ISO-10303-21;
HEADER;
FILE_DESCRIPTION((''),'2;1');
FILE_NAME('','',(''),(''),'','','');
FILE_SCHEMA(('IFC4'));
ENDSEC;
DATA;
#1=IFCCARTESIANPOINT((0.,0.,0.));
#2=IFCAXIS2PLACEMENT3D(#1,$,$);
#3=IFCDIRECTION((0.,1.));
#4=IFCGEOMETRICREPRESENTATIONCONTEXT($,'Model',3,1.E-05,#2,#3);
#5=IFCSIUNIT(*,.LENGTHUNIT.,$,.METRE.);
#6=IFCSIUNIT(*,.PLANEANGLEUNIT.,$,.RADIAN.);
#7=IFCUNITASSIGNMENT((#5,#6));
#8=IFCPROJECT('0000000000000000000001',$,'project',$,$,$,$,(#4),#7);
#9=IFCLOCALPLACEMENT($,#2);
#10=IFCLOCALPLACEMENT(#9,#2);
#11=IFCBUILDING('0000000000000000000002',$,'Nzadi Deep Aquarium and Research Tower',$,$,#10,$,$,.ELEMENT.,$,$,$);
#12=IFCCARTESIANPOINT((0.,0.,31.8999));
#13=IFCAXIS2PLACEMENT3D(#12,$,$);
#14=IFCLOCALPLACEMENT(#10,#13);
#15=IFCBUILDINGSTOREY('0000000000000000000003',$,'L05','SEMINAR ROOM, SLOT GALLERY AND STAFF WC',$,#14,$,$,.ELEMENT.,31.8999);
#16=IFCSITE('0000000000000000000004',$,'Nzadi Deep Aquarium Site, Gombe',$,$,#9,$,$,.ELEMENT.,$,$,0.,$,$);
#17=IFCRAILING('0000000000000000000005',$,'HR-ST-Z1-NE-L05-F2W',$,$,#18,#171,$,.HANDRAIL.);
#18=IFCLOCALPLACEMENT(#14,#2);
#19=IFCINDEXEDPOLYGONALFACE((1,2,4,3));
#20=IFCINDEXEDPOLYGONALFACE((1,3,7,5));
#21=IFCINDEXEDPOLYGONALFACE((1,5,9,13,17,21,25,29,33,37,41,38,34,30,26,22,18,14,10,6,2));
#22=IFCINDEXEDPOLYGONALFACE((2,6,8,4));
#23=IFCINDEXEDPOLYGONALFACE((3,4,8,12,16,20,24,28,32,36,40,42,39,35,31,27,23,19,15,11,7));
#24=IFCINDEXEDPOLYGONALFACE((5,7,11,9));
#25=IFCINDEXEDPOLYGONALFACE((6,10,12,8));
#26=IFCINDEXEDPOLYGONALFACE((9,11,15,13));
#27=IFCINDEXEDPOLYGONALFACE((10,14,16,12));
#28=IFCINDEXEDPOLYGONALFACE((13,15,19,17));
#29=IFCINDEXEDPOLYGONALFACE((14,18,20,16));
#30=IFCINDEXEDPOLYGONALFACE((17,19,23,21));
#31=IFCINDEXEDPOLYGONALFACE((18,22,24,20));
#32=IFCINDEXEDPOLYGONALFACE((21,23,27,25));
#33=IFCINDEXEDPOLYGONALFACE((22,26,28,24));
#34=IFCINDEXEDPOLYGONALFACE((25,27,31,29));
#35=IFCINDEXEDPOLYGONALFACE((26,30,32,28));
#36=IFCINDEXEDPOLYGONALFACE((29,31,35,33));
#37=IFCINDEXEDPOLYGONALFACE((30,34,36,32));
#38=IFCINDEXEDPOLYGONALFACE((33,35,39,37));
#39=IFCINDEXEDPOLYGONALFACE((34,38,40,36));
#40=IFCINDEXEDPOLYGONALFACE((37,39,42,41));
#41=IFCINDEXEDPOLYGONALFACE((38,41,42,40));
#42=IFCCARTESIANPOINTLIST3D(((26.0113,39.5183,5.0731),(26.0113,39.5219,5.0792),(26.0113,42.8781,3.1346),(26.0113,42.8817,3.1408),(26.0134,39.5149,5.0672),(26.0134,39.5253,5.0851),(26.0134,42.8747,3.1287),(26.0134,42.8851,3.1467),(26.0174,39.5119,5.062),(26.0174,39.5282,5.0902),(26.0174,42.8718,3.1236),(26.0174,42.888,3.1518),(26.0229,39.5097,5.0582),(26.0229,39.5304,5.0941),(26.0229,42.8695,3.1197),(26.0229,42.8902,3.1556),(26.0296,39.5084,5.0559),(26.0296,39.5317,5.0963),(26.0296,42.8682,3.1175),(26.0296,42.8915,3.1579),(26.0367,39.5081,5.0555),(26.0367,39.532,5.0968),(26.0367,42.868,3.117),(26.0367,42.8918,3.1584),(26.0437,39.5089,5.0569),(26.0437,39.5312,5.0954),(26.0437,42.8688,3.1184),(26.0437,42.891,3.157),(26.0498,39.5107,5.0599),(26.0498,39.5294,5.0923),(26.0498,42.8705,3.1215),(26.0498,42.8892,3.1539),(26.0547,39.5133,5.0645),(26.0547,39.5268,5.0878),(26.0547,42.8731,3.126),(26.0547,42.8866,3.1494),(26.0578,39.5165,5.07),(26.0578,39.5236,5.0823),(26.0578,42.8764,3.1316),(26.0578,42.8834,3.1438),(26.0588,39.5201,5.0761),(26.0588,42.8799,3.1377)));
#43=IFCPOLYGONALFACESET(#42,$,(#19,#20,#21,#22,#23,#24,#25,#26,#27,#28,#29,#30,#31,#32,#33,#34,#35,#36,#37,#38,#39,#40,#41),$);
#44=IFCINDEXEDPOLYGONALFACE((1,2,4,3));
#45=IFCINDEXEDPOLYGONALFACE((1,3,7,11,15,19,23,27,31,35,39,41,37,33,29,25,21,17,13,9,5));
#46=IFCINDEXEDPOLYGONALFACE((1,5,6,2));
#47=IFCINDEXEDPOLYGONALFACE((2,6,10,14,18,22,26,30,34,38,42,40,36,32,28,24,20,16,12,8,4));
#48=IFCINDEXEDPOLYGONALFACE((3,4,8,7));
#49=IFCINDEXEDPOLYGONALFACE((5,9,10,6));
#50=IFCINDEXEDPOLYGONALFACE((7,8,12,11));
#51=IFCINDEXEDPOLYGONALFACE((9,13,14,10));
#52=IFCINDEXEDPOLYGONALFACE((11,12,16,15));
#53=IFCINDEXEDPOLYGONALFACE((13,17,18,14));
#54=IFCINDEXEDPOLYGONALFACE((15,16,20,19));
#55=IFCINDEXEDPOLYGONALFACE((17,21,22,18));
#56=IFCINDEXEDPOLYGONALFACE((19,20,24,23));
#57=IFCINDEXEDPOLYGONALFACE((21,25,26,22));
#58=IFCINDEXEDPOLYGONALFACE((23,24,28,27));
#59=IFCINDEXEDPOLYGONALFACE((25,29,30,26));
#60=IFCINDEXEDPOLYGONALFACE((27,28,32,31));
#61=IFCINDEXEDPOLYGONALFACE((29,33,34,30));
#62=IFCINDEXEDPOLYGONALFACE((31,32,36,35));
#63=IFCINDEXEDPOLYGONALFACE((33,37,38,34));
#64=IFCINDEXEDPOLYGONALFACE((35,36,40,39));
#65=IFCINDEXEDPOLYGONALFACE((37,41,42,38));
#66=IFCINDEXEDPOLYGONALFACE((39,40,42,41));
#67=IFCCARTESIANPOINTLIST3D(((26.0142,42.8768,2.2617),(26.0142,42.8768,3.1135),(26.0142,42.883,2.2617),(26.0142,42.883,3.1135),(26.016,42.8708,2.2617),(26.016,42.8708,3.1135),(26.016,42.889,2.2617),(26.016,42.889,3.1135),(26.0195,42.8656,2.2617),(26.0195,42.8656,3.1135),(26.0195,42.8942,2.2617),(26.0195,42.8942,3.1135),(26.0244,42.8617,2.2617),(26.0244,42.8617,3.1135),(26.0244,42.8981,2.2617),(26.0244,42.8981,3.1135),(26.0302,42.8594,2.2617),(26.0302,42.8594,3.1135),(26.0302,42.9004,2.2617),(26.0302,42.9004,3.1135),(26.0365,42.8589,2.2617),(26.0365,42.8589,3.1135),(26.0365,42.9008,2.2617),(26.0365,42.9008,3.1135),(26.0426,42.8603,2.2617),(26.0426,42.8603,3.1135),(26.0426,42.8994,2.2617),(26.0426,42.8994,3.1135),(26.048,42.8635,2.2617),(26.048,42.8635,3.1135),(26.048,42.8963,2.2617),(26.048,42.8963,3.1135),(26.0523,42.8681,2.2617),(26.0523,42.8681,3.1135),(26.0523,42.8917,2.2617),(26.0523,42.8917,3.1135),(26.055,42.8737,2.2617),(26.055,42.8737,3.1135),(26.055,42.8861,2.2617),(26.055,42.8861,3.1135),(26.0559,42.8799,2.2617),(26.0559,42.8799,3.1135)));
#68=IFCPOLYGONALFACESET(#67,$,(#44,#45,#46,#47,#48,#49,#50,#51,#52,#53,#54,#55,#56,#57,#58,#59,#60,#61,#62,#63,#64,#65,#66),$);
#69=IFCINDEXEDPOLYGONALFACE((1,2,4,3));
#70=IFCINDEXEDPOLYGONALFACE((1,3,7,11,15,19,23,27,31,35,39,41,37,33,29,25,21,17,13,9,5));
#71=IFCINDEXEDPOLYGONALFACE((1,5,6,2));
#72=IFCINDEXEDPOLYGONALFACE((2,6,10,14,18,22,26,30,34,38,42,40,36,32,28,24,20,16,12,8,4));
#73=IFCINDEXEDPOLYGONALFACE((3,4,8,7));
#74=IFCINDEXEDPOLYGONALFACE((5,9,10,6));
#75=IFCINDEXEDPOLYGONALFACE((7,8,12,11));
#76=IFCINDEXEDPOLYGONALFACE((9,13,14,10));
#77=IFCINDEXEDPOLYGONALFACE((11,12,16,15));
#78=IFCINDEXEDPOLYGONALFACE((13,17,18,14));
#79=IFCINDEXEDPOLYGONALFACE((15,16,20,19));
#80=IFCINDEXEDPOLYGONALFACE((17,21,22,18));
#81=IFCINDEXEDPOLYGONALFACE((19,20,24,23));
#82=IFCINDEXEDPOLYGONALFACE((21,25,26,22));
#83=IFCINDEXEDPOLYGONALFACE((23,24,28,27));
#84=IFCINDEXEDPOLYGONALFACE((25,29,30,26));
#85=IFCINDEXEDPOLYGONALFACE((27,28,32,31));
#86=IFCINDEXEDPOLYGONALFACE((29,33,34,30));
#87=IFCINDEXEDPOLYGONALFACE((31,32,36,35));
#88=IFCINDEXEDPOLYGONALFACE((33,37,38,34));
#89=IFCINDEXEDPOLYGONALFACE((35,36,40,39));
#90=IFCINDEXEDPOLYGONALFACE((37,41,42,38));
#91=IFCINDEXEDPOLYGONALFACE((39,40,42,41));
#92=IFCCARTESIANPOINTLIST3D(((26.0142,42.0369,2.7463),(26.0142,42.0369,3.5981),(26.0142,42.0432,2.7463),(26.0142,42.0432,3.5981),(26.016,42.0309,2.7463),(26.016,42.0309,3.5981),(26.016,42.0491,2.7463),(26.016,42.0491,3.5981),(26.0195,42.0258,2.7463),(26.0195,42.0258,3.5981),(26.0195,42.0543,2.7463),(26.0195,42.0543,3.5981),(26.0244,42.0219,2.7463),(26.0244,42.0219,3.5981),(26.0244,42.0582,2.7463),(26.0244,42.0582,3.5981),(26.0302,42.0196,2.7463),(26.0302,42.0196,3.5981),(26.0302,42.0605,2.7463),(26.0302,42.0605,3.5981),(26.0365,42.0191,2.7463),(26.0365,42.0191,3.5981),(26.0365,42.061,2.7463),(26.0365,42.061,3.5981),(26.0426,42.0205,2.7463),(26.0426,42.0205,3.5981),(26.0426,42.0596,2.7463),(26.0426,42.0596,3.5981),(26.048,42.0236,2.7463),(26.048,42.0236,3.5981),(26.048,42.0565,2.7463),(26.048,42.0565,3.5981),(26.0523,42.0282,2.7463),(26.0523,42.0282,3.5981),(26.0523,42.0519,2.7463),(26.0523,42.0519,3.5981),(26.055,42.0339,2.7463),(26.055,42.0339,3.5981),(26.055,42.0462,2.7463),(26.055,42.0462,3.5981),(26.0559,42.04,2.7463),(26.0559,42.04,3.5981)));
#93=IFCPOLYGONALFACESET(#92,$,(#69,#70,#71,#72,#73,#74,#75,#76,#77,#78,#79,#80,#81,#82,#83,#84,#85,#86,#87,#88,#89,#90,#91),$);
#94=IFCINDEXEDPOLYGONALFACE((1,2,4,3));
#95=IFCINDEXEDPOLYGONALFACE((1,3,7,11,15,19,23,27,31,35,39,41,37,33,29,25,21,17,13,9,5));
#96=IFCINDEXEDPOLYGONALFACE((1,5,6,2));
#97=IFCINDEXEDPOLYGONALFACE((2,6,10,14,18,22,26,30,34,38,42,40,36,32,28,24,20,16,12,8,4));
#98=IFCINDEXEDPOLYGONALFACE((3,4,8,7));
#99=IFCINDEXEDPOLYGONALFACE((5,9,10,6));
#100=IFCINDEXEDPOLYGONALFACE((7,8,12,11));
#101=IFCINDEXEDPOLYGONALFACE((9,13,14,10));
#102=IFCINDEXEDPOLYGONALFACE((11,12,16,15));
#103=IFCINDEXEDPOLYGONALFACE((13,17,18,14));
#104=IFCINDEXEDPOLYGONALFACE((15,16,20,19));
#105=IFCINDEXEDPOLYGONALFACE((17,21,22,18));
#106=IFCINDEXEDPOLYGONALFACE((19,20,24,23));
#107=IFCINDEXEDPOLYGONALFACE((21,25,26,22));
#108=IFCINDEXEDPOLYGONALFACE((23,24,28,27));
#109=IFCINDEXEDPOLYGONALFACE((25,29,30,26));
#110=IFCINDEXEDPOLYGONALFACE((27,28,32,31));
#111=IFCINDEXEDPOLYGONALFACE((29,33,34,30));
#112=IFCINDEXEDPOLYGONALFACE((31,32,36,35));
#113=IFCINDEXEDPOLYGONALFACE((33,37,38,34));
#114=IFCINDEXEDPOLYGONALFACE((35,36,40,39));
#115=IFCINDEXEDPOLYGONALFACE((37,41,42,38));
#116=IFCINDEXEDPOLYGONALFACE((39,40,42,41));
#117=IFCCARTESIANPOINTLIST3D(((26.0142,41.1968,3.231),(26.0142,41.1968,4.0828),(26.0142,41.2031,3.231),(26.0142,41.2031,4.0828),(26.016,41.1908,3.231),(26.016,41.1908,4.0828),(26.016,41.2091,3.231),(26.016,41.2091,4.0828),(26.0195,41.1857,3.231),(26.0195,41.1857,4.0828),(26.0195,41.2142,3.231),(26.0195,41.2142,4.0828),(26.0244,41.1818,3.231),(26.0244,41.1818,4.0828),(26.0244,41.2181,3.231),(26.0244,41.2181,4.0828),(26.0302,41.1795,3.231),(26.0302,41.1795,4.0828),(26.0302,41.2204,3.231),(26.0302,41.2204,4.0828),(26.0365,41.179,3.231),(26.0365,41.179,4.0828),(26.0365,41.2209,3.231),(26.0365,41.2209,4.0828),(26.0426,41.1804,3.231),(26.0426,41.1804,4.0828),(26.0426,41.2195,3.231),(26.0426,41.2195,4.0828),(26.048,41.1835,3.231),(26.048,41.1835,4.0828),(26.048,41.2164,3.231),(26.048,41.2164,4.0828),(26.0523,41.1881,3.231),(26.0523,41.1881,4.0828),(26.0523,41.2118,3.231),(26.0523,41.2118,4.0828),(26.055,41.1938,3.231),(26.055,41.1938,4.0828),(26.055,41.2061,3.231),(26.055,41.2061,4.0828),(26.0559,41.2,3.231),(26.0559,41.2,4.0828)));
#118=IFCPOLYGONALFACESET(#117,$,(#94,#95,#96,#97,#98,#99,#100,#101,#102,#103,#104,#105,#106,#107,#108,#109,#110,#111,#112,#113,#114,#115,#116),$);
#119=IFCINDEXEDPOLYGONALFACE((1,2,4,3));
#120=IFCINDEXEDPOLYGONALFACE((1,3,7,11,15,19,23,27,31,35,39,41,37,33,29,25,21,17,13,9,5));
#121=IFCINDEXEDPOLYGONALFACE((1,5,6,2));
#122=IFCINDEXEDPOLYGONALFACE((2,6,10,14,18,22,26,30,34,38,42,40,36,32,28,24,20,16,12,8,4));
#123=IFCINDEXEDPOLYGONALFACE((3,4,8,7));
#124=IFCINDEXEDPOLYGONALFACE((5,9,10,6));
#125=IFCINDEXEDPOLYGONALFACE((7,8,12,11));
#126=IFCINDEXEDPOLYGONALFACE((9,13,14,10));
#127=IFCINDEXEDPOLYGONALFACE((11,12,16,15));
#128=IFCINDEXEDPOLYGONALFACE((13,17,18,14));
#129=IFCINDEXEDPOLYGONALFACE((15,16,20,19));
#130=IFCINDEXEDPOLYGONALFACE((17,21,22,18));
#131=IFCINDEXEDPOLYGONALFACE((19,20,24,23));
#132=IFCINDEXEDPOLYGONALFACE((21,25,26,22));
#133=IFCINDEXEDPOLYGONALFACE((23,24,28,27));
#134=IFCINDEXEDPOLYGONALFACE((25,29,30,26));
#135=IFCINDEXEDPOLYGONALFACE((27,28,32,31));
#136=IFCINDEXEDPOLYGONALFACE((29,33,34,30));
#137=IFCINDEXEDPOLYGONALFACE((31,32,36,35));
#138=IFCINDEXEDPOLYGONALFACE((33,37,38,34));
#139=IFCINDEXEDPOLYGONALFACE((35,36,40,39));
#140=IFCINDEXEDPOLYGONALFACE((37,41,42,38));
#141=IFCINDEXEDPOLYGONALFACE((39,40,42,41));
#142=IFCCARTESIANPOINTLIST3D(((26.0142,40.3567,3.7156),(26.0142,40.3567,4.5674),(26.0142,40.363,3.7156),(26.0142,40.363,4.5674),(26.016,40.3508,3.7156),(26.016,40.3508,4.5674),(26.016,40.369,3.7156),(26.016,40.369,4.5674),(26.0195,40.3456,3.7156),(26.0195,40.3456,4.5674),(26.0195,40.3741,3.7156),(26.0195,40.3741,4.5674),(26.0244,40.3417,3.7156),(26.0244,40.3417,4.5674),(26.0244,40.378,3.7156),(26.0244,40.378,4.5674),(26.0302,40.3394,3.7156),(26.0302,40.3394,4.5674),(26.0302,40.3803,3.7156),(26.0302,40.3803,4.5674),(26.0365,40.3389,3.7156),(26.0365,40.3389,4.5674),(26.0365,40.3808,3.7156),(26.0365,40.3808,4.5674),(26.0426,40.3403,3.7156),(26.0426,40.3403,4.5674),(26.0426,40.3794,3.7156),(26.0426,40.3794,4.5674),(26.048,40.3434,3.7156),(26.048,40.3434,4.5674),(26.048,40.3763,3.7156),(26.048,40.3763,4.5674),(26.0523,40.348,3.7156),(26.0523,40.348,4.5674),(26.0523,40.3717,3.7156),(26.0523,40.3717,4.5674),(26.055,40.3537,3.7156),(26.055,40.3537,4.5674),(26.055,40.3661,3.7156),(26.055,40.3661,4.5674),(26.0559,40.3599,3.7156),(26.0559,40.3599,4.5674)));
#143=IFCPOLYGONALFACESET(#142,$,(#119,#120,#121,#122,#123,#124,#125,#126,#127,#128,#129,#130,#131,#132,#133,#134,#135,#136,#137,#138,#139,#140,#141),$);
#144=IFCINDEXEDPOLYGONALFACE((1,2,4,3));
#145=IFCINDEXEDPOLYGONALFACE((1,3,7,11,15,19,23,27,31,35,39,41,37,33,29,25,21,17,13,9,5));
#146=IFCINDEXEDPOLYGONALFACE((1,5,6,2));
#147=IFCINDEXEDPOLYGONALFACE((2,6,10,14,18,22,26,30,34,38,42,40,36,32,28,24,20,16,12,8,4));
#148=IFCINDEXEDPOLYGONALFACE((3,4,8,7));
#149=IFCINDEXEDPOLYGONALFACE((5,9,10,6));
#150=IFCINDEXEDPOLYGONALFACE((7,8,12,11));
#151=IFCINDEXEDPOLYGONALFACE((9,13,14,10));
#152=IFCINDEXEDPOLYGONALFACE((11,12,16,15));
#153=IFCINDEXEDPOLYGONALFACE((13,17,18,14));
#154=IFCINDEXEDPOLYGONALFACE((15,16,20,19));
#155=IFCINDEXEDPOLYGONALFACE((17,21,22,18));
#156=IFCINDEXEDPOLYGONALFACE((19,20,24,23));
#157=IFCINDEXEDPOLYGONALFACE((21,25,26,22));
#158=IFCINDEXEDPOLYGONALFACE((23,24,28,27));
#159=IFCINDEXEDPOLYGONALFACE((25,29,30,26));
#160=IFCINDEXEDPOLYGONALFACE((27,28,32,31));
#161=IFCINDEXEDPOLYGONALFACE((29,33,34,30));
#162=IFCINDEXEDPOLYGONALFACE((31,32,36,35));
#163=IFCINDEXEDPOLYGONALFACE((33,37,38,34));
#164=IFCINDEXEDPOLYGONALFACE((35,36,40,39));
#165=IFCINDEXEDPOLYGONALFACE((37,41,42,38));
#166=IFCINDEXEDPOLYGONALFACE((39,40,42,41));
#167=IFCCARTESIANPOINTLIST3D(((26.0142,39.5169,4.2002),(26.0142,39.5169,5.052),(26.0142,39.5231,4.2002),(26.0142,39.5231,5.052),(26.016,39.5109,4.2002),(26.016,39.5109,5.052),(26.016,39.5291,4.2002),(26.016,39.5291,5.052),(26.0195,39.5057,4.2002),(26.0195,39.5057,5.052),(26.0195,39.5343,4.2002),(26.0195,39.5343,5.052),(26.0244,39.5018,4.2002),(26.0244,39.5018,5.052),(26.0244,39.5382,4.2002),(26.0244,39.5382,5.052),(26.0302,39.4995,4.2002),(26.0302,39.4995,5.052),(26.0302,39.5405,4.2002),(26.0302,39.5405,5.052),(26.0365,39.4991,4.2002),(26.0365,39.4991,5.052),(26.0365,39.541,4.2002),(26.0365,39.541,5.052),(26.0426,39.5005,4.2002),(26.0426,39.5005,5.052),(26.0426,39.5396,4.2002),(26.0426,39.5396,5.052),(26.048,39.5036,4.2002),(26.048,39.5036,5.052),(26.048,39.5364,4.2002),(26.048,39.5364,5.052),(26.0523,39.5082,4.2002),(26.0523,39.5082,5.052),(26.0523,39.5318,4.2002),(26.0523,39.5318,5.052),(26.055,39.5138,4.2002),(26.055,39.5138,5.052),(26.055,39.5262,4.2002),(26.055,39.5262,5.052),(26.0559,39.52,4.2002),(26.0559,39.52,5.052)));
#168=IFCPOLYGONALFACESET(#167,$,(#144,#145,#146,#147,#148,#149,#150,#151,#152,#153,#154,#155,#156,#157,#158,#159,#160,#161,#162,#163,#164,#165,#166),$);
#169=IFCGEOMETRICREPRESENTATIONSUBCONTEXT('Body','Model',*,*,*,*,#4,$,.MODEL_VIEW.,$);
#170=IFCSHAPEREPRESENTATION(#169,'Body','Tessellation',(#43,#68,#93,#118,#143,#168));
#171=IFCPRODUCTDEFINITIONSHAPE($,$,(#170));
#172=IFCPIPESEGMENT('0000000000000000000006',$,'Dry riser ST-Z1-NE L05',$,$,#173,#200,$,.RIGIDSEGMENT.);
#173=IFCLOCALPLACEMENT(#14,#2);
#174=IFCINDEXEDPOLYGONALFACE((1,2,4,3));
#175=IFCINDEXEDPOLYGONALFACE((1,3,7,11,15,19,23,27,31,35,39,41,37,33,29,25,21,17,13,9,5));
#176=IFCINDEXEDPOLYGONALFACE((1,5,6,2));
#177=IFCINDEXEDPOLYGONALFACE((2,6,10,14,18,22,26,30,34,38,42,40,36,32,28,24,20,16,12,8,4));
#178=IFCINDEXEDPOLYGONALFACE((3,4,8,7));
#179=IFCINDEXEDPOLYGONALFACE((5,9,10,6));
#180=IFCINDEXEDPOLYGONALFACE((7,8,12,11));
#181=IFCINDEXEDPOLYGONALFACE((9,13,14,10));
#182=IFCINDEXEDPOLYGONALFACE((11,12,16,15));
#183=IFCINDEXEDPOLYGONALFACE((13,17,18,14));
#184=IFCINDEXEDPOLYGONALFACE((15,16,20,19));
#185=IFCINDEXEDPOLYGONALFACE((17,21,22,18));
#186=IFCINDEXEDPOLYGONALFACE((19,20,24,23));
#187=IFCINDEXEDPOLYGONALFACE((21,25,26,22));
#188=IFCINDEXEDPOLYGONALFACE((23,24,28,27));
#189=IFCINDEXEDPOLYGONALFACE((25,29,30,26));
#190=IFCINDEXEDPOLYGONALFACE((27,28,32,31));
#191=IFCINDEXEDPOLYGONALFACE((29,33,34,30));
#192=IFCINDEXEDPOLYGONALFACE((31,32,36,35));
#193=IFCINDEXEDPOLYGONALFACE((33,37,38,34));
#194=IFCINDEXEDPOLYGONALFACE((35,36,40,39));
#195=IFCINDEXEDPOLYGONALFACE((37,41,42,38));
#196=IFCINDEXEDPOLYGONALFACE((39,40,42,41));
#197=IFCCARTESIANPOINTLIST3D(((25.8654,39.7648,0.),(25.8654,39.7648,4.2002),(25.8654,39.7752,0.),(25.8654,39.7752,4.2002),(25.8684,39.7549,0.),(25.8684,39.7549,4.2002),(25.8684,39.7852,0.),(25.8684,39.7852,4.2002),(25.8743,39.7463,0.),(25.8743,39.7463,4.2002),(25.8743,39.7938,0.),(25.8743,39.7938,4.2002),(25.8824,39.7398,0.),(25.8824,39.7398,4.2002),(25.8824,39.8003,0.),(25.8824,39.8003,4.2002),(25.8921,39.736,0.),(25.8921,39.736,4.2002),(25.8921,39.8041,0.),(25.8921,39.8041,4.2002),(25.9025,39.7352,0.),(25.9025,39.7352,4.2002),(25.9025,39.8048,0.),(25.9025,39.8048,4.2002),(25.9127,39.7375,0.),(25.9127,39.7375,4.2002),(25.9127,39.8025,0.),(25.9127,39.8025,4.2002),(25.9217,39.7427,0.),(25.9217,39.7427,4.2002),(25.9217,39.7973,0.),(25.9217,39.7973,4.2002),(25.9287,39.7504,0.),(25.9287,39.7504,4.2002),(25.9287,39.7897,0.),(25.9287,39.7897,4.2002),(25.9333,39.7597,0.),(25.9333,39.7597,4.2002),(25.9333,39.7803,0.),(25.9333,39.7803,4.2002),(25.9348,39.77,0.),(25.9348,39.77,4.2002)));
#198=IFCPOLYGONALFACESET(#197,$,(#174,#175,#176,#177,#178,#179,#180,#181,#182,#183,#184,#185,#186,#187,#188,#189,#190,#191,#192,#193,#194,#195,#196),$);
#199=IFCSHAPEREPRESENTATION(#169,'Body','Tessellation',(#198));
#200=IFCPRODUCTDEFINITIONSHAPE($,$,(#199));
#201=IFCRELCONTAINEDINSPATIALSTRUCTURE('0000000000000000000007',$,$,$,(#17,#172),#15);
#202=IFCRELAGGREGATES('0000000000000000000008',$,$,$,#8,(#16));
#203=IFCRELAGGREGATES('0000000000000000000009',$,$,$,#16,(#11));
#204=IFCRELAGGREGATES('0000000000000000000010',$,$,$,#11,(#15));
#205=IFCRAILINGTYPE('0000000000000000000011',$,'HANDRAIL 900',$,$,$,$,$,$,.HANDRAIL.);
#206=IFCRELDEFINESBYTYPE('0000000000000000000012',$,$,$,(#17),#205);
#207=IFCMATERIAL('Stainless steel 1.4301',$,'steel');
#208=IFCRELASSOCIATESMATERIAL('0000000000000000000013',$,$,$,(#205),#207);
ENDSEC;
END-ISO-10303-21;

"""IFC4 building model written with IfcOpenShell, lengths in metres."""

from ifc_helpers import new_model, si_unit, direction, frame, origin, origin_2d, place, context, subcontext, project, spatial, circle, extrude, material, type_object, element, save


model = new_model("IFC4")

# Units and contexts
model_context = context("Model", 3, precision=1e-05, world=origin(), true_north=direction((0.0, 1.0)))
body_context = subcontext(model_context, "Body", "Model", "MODEL_VIEW")
ifc_project = project(units=[si_unit("LENGTHUNIT", "METRE"), si_unit("PLANEANGLEUNIT", "RADIAN")], contexts=[model_context])

# Site, building, storey
site_placement = place(None, origin())
site = spatial("IfcSite", under=ifc_project, at=site_placement, Name="Nzadi Deep Aquarium Site, Gombe", CompositionType="ELEMENT", RefElevation=0.0)
building_placement = place(site_placement, origin())
building = spatial("IfcBuilding", under=site, at=building_placement, Name="Nzadi Deep Aquarium and Research Tower", CompositionType="ELEMENT")
storey_placement = place(building_placement, frame((0.0, 0.0, 31.8999)))
storey = spatial("IfcBuildingStorey", under=building, at=storey_placement, Name="L05", Description="SEMINAR ROOM, SLOT GALLERY AND STAFF WC", CompositionType="ELEMENT", Elevation=31.8999)

# Railing
ifc_material_1 = material(Name="Stainless steel 1.4301", Category="steel")
railing_type = type_object("IfcRailingType", Name="HANDRAIL 900", PredefinedType="HANDRAIL", material=ifc_material_1)
for number, where, name in (
    (1, (26.0349, 42.8799, 2.2617), "HR-ST-Z1-NE-L05-F2W"),
):
    element("IfcRailing", number, at=place(storey_placement, frame(where)), inside=storey, type_object=railing_type, Name=name, PredefinedType="HANDRAIL", context=body_context, shape_type="SweptSolid", body=[
        extrude(circle(Radius=0.0239, at=origin_2d()), frame((0.0, 0.0, 0.876), z_axis=(0.0, -0.866175, 0.499741), x_axis=(1.0, 0.0, 0.0)), (0.0, 0.0, 1.0), 3.8789),
        extrude(circle(Radius=0.021, at=origin_2d()), origin(), (0.0, 0.0, 1.0), 0.8518),
        extrude(circle(Radius=0.021, at=origin_2d()), frame((0.0, -0.8398, 0.4846)), (0.0, 0.0, 1.0), 0.8518),
        extrude(circle(Radius=0.021, at=origin_2d()), frame((0.0, -1.6799, 0.9692)), (0.0, 0.0, 1.0), 0.8518),
        extrude(circle(Radius=0.021, at=origin_2d()), frame((0.0, -2.52, 1.4539)), (0.0, 0.0, 1.0), 0.8518),
        extrude(circle(Radius=0.021, at=origin_2d()), frame((0.0, -3.3599, 1.9385)), (0.0, 0.0, 1.0), 0.8518),
    ])

# Pipe segment
pipe_segment_placement = place(storey_placement, frame((25.8999, 39.77, 0.0), z_axis=(0.0, 0.0, 1.0), x_axis=(1.0, 0.0, 0.0)))
element("IfcPipeSegment", 2, at=pipe_segment_placement, inside=storey, Name="Dry riser ST-Z1-NE L05", PredefinedType="RIGIDSEGMENT", context=body_context, shape_type="SweptSolid", body=[
    extrude(circle(Radius=0.0349, at=origin_2d()), origin(), (0.0, 0.0, 1.0), 4.2002),
])

save(model, "model.ifc")
